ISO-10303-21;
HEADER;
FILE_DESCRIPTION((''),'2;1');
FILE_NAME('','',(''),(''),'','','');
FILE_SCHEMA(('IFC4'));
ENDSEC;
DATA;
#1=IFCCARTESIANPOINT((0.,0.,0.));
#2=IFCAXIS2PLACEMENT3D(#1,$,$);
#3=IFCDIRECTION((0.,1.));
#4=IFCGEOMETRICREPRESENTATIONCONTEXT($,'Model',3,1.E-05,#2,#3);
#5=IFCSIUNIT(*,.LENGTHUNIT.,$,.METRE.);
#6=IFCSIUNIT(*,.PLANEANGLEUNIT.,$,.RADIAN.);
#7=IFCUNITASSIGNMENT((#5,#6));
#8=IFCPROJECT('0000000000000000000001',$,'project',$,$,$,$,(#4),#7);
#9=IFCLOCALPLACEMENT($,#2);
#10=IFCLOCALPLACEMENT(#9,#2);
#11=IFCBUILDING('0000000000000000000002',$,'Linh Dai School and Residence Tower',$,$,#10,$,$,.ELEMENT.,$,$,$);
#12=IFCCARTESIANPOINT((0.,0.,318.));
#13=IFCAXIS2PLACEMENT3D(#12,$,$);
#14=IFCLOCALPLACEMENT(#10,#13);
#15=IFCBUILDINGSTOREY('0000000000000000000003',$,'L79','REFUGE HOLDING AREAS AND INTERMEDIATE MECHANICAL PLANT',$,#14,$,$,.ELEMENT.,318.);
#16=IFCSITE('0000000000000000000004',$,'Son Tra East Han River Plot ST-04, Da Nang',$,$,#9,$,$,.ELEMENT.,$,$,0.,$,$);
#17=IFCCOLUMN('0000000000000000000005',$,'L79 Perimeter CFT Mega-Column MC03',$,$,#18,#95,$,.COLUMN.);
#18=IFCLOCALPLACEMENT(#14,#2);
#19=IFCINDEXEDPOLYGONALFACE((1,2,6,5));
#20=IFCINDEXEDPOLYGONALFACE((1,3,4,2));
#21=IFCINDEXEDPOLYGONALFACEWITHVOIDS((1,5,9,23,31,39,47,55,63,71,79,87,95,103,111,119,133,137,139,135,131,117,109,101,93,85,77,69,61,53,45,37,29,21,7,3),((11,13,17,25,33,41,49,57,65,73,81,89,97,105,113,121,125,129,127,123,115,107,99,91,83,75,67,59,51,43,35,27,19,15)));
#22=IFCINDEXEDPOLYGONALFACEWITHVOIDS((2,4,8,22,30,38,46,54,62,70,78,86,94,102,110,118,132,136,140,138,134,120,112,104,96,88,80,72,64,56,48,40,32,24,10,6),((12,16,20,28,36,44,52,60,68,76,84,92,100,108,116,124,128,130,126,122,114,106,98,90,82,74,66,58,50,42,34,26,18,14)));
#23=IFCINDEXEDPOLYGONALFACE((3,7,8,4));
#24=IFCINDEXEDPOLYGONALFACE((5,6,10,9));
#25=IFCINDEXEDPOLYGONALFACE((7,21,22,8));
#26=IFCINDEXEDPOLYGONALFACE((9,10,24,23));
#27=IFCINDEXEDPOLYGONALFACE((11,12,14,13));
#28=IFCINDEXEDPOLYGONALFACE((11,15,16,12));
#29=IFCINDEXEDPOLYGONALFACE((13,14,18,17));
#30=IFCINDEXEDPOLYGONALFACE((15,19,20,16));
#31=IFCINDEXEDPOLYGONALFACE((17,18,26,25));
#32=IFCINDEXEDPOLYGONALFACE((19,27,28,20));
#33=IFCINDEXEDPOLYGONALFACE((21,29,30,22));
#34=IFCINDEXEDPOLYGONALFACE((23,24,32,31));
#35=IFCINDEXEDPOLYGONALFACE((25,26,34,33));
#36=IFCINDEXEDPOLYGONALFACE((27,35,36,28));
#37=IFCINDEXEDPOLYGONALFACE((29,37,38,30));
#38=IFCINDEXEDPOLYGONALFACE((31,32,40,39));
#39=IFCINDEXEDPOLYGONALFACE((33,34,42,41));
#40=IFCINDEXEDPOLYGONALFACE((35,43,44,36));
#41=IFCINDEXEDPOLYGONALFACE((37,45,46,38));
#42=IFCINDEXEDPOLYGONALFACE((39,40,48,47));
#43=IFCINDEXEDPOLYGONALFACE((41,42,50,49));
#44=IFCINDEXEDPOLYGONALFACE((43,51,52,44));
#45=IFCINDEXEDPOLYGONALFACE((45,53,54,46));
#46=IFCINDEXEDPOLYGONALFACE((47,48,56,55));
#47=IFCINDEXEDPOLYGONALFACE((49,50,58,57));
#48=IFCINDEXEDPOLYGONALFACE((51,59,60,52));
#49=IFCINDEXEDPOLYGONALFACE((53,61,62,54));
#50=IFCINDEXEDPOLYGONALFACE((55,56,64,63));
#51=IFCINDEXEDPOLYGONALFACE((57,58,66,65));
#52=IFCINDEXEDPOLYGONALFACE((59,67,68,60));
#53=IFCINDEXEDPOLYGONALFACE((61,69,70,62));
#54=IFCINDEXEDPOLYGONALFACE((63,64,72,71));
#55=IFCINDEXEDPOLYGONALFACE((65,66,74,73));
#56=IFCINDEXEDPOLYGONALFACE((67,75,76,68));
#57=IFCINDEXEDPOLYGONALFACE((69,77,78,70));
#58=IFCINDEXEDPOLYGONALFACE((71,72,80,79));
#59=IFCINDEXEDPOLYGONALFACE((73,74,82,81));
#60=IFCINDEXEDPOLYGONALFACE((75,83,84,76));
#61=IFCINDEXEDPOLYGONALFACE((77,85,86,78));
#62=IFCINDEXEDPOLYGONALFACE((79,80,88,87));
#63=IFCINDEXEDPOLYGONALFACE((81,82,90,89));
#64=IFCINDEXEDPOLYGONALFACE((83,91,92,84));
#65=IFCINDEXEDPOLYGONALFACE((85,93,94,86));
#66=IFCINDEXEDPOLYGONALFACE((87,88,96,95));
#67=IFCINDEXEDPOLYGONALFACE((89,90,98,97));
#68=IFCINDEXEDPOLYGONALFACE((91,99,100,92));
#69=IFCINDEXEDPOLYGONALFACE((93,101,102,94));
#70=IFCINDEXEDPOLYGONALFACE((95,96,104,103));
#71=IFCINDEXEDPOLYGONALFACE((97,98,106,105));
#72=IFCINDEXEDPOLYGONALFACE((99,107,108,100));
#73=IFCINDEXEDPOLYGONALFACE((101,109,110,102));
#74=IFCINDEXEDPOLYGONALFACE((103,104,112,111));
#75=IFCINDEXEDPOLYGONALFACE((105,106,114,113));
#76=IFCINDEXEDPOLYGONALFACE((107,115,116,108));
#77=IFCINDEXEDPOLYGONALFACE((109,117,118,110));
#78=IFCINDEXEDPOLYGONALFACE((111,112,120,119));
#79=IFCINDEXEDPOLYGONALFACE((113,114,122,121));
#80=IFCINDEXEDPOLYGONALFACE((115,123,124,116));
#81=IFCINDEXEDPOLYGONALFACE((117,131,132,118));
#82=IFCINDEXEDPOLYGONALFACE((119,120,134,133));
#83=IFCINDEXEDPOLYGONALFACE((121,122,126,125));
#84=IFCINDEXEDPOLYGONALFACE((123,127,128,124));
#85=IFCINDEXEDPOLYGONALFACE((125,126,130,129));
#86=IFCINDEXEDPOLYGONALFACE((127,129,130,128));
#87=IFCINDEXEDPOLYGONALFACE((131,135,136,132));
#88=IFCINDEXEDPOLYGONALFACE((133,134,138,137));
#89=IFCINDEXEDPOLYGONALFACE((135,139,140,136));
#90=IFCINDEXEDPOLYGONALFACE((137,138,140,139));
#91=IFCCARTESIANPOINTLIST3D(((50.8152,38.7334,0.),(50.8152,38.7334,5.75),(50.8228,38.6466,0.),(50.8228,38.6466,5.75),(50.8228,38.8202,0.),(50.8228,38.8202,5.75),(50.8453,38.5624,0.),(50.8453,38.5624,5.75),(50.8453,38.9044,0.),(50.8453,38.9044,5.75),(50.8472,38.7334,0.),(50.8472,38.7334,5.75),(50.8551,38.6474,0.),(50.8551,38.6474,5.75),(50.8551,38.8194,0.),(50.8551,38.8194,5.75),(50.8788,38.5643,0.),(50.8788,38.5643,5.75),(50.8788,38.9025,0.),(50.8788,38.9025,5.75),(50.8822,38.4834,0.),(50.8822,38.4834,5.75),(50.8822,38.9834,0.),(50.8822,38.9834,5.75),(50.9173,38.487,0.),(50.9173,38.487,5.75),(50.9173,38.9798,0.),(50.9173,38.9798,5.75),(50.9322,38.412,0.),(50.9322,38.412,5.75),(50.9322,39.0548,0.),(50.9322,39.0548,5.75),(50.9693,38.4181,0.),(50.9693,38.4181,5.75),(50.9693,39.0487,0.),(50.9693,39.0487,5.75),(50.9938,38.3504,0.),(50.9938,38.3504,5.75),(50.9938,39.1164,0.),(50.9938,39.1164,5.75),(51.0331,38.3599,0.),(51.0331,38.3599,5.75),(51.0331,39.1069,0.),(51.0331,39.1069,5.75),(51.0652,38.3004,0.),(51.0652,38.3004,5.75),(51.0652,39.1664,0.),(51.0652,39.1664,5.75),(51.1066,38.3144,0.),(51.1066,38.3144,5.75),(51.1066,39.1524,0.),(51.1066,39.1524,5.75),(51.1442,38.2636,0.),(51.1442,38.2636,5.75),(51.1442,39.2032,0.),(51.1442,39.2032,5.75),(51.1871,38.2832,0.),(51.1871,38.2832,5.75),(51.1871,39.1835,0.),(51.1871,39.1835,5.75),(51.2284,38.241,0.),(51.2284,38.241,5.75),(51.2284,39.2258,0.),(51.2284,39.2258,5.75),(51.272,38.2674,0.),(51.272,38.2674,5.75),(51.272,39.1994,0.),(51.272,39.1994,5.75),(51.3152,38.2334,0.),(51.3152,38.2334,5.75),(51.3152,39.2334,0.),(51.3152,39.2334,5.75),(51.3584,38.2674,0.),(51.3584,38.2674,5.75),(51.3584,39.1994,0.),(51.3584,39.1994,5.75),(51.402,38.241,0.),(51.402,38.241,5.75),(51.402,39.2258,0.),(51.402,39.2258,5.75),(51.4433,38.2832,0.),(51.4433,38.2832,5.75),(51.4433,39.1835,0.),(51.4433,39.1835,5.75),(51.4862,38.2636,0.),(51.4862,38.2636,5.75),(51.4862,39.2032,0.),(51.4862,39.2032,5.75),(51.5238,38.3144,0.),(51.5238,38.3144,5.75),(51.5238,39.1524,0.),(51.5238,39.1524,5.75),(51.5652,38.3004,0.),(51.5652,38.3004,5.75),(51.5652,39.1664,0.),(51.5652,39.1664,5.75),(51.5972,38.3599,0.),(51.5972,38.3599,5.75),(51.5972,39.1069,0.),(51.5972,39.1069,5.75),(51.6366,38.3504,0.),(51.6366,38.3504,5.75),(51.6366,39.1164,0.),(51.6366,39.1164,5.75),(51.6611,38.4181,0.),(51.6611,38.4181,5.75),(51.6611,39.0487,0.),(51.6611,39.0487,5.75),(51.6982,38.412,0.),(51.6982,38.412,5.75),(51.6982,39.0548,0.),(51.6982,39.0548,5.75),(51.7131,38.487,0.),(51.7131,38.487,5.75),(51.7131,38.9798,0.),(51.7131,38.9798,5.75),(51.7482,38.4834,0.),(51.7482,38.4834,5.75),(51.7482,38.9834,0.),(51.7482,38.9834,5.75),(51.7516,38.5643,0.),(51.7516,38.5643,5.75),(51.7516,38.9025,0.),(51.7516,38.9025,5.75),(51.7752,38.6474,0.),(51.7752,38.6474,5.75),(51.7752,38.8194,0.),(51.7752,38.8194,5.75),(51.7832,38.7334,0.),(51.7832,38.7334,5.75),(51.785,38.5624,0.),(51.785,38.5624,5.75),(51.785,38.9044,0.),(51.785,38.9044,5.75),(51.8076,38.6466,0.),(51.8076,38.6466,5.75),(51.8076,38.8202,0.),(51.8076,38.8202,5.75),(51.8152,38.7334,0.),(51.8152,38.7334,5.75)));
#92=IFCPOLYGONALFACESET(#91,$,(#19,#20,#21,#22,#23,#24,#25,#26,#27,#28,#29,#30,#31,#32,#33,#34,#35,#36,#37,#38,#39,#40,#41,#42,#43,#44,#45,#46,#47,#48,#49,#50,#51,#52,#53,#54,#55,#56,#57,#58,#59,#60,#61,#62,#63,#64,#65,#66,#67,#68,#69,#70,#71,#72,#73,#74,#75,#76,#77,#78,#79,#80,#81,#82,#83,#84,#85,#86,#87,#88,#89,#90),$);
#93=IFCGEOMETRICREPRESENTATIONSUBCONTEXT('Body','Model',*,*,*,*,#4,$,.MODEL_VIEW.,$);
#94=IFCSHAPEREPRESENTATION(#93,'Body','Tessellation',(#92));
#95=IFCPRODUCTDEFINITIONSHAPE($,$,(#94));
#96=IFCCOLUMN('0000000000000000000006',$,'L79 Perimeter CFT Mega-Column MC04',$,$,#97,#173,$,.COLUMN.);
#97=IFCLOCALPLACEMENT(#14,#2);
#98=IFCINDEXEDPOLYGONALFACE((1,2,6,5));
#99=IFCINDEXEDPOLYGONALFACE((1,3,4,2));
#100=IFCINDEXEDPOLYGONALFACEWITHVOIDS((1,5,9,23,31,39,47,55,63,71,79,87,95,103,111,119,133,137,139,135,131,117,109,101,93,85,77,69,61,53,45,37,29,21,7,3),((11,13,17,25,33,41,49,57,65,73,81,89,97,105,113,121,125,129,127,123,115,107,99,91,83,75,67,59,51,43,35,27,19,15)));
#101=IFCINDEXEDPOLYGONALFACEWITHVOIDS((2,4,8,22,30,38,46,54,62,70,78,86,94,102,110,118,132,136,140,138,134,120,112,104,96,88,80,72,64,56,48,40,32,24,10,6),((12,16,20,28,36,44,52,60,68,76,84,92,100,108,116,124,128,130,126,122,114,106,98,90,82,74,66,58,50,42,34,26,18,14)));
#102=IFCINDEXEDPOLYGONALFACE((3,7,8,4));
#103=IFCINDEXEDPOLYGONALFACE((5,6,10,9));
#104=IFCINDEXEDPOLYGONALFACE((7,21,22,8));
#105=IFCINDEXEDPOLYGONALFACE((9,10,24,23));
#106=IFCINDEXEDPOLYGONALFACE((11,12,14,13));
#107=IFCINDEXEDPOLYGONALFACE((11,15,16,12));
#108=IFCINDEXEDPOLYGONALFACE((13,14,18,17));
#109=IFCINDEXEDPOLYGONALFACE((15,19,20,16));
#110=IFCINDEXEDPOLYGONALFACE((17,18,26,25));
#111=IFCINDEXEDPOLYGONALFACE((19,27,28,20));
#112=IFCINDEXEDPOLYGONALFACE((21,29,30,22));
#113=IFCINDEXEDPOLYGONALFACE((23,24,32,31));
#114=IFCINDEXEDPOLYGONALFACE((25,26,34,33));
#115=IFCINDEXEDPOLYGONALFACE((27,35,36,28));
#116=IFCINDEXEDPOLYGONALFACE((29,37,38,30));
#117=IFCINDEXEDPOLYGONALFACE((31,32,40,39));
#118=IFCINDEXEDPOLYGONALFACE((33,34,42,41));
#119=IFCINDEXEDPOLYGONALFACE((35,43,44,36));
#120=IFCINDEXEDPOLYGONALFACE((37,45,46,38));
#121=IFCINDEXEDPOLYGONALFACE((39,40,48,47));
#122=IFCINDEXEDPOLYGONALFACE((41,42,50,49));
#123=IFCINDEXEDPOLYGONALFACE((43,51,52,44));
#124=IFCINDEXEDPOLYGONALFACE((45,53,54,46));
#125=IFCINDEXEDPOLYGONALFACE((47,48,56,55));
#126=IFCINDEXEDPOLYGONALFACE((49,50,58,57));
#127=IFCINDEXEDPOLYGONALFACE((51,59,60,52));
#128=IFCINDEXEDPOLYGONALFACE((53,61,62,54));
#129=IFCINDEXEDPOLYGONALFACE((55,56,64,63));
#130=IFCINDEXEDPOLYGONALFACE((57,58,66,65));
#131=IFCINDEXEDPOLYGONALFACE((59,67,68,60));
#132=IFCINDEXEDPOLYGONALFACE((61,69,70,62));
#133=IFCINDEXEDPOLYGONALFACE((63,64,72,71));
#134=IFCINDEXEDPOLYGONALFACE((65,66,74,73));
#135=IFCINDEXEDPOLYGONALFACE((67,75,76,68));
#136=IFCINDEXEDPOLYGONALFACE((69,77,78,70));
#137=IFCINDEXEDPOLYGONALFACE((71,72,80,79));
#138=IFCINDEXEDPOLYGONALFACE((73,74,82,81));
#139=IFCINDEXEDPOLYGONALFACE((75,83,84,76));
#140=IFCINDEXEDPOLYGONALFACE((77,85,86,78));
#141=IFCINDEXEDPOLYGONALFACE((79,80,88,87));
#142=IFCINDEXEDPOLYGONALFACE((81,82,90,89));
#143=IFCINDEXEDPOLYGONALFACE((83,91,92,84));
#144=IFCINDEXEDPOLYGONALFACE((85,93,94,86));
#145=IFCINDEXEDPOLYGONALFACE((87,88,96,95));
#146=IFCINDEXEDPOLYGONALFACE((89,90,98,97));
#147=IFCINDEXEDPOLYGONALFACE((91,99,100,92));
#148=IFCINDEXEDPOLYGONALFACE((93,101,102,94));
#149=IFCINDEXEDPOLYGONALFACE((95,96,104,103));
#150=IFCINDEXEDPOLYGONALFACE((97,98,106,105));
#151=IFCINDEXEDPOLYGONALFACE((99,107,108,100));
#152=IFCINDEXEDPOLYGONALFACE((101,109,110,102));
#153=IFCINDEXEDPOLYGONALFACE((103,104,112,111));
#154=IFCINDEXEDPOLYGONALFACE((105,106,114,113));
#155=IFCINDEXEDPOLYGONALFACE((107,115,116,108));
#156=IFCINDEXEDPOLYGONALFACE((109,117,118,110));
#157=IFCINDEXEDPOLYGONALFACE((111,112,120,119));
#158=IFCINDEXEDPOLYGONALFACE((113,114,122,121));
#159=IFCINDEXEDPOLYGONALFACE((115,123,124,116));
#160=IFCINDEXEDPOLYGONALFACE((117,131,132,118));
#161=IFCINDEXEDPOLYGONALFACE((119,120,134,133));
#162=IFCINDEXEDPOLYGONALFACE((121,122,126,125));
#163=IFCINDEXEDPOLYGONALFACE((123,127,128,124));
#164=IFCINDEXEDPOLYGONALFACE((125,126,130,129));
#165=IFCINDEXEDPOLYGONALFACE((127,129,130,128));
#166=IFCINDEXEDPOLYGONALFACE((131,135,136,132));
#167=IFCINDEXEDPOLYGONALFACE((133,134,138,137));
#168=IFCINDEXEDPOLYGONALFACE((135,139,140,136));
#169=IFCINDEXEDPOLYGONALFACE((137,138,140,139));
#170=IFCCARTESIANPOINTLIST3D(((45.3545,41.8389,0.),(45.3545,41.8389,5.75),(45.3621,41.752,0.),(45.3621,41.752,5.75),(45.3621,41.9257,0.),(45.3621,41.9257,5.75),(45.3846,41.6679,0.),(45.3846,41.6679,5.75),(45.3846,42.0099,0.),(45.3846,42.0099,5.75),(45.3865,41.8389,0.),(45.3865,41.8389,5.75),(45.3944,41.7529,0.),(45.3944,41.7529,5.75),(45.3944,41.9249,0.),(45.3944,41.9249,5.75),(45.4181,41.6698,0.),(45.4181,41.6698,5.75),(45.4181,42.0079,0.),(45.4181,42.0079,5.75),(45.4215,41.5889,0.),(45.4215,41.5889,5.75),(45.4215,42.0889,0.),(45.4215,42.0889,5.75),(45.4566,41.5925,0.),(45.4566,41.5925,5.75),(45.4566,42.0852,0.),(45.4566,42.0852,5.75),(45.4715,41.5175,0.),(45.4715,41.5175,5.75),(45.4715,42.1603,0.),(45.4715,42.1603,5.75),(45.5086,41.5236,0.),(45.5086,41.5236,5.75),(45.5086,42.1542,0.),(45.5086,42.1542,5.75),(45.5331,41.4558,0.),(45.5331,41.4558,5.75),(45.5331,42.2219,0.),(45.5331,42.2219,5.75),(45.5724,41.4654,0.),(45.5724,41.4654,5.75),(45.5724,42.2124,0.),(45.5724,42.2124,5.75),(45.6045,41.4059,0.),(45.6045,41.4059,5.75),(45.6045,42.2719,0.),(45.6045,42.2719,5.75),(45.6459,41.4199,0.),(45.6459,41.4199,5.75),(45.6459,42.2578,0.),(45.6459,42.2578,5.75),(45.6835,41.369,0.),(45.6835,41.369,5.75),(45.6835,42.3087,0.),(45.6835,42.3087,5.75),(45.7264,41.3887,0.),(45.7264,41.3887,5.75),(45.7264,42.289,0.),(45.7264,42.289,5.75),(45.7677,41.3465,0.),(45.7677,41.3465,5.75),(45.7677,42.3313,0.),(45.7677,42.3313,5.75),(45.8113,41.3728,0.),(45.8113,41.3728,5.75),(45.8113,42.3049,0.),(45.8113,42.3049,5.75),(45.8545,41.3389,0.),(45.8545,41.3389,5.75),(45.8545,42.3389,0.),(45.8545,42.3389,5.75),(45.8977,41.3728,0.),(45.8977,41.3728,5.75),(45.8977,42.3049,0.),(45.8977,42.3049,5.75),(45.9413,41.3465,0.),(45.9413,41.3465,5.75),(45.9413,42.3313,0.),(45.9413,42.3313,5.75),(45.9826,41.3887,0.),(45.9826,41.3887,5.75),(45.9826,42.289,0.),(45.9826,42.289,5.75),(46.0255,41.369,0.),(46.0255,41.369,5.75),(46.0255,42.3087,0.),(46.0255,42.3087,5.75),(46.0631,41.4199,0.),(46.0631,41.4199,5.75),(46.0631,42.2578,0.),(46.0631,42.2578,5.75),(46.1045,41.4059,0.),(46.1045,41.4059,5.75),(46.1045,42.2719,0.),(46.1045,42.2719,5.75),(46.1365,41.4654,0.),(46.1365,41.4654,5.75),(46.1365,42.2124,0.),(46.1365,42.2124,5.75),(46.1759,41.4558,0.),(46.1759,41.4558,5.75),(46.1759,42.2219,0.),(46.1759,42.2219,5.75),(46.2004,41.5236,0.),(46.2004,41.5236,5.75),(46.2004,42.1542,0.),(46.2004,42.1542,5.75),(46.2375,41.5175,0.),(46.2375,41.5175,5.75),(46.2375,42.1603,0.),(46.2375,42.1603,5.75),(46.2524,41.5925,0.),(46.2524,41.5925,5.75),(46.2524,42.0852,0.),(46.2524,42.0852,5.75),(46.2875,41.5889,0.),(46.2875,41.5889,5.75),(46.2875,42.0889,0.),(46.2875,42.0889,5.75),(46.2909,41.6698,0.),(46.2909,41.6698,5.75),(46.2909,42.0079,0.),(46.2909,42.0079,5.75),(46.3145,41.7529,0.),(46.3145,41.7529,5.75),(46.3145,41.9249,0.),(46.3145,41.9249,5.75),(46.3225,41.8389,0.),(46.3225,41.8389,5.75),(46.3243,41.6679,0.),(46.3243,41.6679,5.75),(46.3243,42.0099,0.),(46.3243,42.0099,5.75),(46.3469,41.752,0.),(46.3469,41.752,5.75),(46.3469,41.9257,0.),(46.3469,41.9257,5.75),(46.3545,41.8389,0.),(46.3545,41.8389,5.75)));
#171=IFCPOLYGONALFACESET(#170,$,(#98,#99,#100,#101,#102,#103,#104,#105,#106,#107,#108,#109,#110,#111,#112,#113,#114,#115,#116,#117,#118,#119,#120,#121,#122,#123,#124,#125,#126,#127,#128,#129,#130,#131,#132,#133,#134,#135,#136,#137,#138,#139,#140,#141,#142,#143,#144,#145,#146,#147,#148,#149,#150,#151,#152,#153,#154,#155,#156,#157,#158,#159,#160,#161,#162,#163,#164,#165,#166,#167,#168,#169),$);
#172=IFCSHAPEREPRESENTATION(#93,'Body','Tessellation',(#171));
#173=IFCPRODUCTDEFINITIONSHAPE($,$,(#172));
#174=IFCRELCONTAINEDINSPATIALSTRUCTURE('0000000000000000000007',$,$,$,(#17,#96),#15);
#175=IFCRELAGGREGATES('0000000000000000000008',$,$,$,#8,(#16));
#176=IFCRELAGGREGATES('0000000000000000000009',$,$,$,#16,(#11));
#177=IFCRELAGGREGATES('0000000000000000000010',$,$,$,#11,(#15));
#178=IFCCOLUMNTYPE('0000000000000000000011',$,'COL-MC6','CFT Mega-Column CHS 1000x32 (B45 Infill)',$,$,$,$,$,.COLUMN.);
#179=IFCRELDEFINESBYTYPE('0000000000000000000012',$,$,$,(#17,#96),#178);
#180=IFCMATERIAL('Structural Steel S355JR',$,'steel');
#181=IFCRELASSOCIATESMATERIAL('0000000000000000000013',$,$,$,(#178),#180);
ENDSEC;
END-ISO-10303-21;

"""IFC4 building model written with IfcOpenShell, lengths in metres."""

from ifc_helpers import new_model, si_unit, direction, frame, origin, origin_2d, place, context, subcontext, project, spatial, hollow_circle, extrude, material, material_profile, profile_set, type_object, element, save


model = new_model("IFC4")

# Units and contexts
model_context = context("Model", 3, precision=1e-05, world=origin(), true_north=direction((0.0, 1.0)))
body_context = subcontext(model_context, "Body", "Model", "MODEL_VIEW")
ifc_project = project(units=[si_unit("LENGTHUNIT", "METRE"), si_unit("PLANEANGLEUNIT", "RADIAN")], contexts=[model_context])

# Site, building, storey
site_placement = place(None, origin())
site = spatial("IfcSite", under=ifc_project, at=site_placement, Name="Son Tra East Han River Plot ST-04, Da Nang", CompositionType="ELEMENT", RefElevation=0.0)
building_placement = place(site_placement, origin())
building = spatial("IfcBuilding", under=site, at=building_placement, Name="Linh Dai School and Residence Tower", CompositionType="ELEMENT")
storey_placement = place(building_placement, frame((0.0, 0.0, 318.0)))
storey = spatial("IfcBuildingStorey", under=building, at=storey_placement, Name="L79", Description="REFUGE HOLDING AREAS AND INTERMEDIATE MECHANICAL PLANT", CompositionType="ELEMENT", Elevation=318.0)

# Columns
ifc_material_1 = material(Name="Structural Steel S355JR", Category="steel")
ifc_material_profile_1 = material_profile(ifc_material_1, hollow_circle(Radius=0.5, WallThickness=0.032, at=origin_2d()), Name="CHS 1000x32")
ifc_profile_set_1 = profile_set([ifc_material_profile_1], Name="Structural Steel S355JR")
column_type = type_object("IfcColumnType", Name="COL-MC6", Description="CFT Mega-Column CHS 1000x32 (B45 Infill)", PredefinedType="COLUMN", material=ifc_profile_set_1)
for number, where, z_axis, x_axis, name in (
    (1, (51.3152, 38.7334, 0.0), (0.0, 0.0, 1.0), (1.0, 0.0, 0.0), "L79 Perimeter CFT Mega-Column MC03"),
    (2, (45.8545, 41.8389, 0.0), (0.0, 0.0, 1.0), (1.0, 0.0, 0.0), "L79 Perimeter CFT Mega-Column MC04"),
):
    element("IfcColumn", number, at=place(storey_placement, frame(where, z_axis=z_axis, x_axis=x_axis)), inside=storey, type_object=column_type, Name=name, PredefinedType="COLUMN", context=body_context, shape_type="SweptSolid", body=[
        extrude(hollow_circle(Radius=0.5, WallThickness=0.032, at=origin_2d()), origin(), (0.0, 0.0, 1.0), 5.75),
    ])

save(model, "model.ifc")
